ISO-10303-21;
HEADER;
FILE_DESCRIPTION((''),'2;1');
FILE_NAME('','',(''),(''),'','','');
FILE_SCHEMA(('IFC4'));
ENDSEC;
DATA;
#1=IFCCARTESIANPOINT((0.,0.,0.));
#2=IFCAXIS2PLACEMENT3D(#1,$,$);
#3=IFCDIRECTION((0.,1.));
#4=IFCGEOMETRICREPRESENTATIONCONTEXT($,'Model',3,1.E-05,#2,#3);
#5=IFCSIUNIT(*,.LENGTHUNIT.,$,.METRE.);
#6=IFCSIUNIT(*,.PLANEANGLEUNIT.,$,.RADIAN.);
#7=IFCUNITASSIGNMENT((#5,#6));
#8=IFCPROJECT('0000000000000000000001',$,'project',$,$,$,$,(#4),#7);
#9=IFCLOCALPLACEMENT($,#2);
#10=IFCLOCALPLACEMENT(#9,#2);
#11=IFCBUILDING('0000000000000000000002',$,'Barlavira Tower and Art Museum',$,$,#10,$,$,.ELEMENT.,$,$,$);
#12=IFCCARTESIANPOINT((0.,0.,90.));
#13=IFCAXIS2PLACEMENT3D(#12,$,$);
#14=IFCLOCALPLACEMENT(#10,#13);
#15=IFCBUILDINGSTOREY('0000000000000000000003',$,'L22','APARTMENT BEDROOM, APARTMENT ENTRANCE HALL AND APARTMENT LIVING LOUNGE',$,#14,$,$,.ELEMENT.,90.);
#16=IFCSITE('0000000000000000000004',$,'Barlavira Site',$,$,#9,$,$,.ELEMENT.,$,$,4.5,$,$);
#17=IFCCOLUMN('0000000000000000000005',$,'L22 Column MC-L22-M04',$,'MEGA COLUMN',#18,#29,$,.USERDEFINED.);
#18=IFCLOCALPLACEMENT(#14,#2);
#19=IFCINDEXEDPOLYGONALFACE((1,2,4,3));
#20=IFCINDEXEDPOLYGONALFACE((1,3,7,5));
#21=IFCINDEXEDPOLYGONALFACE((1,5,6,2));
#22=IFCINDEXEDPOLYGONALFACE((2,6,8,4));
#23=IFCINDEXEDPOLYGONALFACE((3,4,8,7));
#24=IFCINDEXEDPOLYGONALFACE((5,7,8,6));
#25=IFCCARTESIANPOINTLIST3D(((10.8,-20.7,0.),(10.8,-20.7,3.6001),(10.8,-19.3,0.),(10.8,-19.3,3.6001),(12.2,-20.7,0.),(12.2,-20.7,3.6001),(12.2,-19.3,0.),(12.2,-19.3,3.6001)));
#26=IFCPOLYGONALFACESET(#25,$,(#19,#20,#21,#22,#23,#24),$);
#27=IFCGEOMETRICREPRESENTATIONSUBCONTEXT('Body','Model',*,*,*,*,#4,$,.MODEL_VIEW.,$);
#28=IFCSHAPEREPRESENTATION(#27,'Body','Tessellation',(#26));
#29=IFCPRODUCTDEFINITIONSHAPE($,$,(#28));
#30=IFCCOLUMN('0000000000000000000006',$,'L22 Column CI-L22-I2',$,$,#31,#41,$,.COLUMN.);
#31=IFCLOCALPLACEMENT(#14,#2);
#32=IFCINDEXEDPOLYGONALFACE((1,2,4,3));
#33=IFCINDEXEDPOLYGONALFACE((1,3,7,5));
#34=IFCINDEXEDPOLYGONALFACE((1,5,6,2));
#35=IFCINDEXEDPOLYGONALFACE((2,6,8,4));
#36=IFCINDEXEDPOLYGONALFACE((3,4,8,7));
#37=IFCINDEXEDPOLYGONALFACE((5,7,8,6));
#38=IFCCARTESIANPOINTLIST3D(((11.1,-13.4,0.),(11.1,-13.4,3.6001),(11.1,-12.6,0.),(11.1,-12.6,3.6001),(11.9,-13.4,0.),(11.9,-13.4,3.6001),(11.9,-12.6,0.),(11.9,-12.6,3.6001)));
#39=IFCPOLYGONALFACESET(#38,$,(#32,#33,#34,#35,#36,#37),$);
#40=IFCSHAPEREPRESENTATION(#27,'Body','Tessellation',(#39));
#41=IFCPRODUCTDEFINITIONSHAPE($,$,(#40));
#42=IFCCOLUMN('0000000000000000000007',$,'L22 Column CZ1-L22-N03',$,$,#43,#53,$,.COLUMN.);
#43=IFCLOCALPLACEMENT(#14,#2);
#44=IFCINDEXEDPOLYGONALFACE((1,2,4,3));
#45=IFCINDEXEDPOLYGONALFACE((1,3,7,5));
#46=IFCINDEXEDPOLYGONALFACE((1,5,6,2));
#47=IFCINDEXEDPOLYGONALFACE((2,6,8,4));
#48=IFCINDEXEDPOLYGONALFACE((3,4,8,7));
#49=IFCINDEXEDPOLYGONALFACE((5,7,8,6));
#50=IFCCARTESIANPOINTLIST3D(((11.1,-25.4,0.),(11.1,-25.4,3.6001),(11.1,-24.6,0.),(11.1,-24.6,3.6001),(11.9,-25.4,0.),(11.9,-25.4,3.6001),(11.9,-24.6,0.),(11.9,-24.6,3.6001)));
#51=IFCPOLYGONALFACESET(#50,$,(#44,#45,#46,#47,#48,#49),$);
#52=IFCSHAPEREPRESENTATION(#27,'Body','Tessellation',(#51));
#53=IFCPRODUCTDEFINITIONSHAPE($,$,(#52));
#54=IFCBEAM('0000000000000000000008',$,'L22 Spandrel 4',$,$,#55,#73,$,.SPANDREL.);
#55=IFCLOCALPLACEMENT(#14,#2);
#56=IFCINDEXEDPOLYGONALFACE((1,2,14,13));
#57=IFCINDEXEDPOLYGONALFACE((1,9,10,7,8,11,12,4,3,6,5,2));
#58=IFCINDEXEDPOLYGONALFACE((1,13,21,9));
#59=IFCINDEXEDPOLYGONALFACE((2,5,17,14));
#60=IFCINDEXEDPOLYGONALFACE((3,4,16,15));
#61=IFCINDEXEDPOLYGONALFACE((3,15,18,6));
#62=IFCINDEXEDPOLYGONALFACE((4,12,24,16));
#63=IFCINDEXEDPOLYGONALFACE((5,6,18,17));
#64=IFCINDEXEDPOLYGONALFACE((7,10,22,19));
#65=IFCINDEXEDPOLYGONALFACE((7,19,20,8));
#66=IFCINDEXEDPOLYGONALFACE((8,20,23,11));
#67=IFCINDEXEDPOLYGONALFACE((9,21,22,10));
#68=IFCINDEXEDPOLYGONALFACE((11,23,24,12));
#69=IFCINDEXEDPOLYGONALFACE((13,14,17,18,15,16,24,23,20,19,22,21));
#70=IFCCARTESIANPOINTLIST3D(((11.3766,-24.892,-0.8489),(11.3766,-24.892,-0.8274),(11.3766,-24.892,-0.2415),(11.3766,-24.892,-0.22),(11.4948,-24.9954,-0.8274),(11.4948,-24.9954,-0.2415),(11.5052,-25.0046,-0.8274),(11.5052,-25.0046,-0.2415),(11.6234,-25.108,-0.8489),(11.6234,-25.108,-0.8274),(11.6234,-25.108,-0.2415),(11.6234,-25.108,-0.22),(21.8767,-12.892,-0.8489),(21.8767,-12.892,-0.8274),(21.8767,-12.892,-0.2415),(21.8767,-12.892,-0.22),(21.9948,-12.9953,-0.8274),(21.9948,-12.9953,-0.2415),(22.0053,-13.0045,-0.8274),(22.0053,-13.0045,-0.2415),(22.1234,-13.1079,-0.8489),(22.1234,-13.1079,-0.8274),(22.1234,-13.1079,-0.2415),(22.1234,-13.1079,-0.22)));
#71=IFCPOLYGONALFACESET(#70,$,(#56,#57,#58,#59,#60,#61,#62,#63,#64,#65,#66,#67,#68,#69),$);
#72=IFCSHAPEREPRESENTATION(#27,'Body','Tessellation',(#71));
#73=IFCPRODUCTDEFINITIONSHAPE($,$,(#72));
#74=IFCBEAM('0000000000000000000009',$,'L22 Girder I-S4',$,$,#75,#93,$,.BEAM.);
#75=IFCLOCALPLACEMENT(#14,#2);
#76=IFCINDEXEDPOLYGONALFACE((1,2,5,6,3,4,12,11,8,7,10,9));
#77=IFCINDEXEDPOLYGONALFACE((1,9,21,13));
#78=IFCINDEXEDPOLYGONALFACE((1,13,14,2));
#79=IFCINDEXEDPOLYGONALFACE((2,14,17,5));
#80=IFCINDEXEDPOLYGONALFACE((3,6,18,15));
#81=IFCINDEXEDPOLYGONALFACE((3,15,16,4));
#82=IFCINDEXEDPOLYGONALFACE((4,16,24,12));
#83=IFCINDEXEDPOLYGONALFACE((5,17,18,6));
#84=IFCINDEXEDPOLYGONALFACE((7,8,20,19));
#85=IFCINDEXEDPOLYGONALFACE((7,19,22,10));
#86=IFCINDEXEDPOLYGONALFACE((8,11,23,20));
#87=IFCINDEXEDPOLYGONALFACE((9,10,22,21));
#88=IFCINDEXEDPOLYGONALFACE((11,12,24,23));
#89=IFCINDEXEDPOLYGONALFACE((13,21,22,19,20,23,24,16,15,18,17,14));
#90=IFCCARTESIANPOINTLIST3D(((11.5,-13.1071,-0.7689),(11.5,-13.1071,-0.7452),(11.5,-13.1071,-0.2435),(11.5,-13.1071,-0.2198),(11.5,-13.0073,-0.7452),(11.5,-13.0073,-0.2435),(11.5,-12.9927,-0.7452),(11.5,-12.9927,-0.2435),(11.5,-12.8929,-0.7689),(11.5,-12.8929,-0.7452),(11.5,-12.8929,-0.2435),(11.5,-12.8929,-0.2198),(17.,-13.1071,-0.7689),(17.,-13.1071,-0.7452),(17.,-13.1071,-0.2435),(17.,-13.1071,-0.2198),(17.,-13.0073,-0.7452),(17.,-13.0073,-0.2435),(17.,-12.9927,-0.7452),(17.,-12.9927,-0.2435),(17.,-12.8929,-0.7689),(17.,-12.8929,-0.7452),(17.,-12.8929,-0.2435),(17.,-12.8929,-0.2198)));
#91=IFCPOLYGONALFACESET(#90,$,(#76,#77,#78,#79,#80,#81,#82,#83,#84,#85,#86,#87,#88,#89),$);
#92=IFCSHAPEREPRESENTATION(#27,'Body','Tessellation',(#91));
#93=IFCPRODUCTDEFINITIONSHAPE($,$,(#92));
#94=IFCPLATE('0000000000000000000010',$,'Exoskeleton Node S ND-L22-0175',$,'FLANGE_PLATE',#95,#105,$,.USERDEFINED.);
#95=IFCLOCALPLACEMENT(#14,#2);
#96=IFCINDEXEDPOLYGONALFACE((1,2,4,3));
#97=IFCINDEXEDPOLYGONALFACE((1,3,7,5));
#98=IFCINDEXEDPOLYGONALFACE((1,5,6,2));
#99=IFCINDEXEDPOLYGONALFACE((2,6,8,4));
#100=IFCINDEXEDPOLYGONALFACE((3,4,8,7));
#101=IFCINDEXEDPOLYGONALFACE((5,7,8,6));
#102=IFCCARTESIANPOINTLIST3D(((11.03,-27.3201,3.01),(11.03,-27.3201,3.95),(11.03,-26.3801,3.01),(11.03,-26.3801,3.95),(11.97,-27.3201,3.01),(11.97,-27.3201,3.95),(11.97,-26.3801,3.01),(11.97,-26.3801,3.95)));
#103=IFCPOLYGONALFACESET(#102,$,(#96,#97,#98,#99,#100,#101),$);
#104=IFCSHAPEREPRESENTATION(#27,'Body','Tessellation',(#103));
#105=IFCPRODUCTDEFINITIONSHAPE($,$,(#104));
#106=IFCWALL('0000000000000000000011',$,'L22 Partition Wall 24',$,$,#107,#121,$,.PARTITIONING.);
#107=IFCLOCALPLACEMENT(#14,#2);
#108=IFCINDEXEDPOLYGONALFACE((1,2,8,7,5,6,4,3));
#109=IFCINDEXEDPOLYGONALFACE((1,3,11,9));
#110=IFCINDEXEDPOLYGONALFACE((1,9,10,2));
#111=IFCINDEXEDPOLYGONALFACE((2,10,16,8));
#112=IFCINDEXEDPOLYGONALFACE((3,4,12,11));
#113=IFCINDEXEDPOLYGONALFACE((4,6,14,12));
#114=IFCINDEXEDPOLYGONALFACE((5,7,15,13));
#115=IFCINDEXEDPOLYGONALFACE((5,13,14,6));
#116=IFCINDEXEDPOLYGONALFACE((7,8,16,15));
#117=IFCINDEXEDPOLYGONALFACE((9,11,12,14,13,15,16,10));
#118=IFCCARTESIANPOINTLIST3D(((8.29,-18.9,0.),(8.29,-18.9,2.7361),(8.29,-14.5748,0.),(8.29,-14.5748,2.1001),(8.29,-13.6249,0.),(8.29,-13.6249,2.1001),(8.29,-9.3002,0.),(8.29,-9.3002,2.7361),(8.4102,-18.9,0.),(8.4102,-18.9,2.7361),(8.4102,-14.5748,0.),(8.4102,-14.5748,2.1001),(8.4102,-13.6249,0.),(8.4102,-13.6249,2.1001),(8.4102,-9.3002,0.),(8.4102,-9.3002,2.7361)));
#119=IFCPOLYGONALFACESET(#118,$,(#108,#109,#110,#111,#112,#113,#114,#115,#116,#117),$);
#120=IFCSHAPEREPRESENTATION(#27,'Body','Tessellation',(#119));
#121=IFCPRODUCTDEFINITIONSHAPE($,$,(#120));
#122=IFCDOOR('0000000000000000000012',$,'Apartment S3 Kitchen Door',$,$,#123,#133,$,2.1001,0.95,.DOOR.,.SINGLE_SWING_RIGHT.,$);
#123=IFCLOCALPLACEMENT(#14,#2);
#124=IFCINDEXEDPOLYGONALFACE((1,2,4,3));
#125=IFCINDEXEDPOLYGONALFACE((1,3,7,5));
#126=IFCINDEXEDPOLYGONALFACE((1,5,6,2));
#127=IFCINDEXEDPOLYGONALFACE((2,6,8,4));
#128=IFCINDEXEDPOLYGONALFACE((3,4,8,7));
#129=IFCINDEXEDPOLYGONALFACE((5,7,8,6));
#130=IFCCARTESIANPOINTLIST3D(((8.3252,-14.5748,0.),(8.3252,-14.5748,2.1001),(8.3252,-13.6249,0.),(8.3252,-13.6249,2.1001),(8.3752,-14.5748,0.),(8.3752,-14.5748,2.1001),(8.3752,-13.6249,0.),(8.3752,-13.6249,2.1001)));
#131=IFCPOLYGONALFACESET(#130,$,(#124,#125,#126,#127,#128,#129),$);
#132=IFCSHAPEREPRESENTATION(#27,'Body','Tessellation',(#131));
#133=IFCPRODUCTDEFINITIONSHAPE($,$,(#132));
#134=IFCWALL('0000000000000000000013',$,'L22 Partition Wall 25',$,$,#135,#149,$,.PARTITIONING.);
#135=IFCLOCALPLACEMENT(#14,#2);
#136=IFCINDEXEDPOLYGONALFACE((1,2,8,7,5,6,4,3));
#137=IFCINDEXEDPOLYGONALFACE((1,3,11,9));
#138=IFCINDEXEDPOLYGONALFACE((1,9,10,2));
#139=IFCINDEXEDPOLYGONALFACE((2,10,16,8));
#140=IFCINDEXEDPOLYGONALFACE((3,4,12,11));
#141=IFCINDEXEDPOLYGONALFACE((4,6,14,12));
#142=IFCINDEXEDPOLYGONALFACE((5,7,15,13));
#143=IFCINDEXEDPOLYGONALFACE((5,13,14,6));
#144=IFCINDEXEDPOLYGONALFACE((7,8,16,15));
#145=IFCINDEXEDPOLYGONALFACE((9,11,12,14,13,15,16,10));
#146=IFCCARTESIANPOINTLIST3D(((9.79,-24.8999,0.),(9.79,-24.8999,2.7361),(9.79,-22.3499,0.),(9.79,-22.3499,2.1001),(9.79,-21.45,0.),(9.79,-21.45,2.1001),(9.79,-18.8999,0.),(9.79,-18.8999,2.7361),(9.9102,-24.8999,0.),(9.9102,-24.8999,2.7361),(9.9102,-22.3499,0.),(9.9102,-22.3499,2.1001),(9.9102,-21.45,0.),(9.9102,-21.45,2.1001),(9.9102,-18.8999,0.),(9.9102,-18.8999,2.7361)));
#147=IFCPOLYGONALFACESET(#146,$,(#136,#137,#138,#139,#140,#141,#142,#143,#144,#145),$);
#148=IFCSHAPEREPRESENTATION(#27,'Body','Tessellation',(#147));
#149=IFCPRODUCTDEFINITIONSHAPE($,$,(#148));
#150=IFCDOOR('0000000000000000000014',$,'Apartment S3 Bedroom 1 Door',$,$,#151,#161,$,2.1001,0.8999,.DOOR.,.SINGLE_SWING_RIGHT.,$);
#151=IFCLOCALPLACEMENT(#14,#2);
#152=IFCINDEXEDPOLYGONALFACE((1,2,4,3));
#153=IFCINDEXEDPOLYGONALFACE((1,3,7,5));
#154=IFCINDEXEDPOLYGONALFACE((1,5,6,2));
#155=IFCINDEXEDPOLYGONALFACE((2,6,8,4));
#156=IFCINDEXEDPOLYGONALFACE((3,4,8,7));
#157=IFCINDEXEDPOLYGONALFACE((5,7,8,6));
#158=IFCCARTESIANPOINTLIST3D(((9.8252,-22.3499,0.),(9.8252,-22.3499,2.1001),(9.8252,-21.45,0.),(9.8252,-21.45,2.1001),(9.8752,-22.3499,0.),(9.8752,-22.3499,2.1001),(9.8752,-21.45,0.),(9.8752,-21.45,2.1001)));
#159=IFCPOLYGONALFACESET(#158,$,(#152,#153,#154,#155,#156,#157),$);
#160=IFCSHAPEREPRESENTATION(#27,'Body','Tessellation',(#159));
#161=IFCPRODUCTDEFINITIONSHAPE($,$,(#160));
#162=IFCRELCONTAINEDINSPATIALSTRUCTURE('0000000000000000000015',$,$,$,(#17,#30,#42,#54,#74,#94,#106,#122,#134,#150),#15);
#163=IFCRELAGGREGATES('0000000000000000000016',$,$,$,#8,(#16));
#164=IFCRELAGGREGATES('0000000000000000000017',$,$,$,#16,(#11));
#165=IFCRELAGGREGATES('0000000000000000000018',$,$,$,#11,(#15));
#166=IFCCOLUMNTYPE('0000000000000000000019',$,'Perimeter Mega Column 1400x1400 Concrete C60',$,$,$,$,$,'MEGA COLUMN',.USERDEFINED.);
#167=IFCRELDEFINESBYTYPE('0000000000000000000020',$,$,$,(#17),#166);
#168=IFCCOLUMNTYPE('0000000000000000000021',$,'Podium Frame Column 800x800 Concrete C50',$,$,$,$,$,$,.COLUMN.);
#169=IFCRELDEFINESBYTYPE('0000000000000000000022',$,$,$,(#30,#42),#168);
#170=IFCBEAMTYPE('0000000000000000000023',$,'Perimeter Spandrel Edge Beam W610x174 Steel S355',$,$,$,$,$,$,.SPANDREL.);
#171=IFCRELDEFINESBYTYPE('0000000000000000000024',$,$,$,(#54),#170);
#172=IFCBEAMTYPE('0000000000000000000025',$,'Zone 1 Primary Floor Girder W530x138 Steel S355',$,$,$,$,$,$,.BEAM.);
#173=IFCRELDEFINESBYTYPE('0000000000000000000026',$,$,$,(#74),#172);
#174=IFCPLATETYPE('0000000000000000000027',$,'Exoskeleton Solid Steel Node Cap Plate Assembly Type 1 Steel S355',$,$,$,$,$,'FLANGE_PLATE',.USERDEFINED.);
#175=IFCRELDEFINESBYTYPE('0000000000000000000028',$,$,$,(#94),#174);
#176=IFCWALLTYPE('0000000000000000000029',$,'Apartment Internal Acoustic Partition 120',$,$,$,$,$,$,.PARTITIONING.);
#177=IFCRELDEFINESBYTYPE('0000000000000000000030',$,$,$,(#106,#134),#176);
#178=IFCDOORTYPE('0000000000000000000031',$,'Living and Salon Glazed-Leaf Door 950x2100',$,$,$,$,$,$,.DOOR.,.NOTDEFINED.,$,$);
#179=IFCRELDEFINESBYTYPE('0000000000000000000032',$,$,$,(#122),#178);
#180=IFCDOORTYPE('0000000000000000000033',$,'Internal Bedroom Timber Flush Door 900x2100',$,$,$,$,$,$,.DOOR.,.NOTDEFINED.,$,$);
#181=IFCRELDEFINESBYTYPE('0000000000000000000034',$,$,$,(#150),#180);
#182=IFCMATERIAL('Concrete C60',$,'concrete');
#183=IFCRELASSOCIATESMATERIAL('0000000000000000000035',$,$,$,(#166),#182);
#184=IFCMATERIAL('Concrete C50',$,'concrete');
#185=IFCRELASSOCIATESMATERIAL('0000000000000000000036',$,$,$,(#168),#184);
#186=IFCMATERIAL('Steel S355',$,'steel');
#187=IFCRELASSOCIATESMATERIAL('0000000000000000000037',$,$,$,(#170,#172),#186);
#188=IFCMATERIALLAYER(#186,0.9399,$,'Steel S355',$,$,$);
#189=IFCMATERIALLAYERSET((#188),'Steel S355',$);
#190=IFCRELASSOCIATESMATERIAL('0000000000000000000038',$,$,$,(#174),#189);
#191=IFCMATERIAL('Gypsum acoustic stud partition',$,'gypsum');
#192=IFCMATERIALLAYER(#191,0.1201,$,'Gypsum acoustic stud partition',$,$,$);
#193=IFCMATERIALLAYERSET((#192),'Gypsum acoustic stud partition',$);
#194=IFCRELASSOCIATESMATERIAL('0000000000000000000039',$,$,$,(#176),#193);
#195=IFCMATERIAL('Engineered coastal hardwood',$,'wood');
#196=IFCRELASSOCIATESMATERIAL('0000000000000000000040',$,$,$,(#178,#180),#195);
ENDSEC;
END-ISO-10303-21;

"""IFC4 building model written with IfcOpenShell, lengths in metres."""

from ifc_helpers import new_model, si_unit, direction, frame, frame_2d, origin, origin_2d, place, context, subcontext, project, spatial, rectangle, i_section, extrude, material, layer, layer_set, material_profile, profile_set, type_object, element, fill, save


model = new_model("IFC4")

# Units and contexts
model_context = context("Model", 3, precision=1e-05, world=origin(), true_north=direction((0.0, 1.0)))
body_context = subcontext(model_context, "Body", "Model", "MODEL_VIEW")
ifc_project = project(units=[si_unit("LENGTHUNIT", "METRE"), si_unit("PLANEANGLEUNIT", "RADIAN")], contexts=[model_context])

# Site, building, storey
site_placement = place(None, origin())
site = spatial("IfcSite", under=ifc_project, at=site_placement, Name="Barlavira Site", CompositionType="ELEMENT", RefElevation=4.5)
building_placement = place(site_placement, origin())
building = spatial("IfcBuilding", under=site, at=building_placement, Name="Barlavira Tower and Art Museum", CompositionType="ELEMENT")
storey_placement = place(building_placement, frame((0.0, 0.0, 90.0)))
storey = spatial("IfcBuildingStorey", under=building, at=storey_placement, Name="L22", Description="APARTMENT BEDROOM, APARTMENT ENTRANCE HALL AND APARTMENT LIVING LOUNGE", CompositionType="ELEMENT", Elevation=90.0)

# Columns
ifc_material_1 = material(Name="Concrete C60", Category="concrete")
ifc_material_profile_1 = material_profile(ifc_material_1, rectangle(XDim=1.3999, YDim=1.3999, at=origin_2d()), Name="RC-MCOL 1400x1400")
ifc_profile_set_1 = profile_set([ifc_material_profile_1], Name="Concrete C60")
column_type_1 = type_object("IfcColumnType", Name="Perimeter Mega Column 1400x1400 Concrete C60", ElementType="MEGA COLUMN", PredefinedType="USERDEFINED", material=ifc_profile_set_1)
column_placement = place(storey_placement, frame((11.5, -20.0, 0.0), z_axis=(0.0, 0.0, 1.0), x_axis=(1.0, 0.0, 0.0)))
element("IfcColumn", 1, at=column_placement, inside=storey, type_object=column_type_1, Name="L22 Column MC-L22-M04", ObjectType="MEGA COLUMN", PredefinedType="USERDEFINED", context=body_context, shape_type="SweptSolid", body=[
    extrude(rectangle(XDim=1.3999, YDim=1.3999, at=origin_2d()), origin(), (0.0, 0.0, 1.0), 3.6001),
])
ifc_material_2 = material(Name="Concrete C50", Category="concrete")
ifc_material_profile_2 = material_profile(ifc_material_2, rectangle(XDim=0.8, YDim=0.8, at=origin_2d()), Name="RC-COL 800x800")
ifc_profile_set_2 = profile_set([ifc_material_profile_2], Name="Concrete C50")
column_type_2 = type_object("IfcColumnType", Name="Podium Frame Column 800x800 Concrete C50", PredefinedType="COLUMN", material=ifc_profile_set_2)
for number, where, z_axis, x_axis, name in (
    (2, (11.5, -13.0, 0.0), (0.0, 0.0, 1.0), (1.0, 0.0, 0.0), "L22 Column CI-L22-I2"),
    (3, (11.5, -25.0, 0.0), (0.0, 0.0, 1.0), (1.0, 0.0, 0.0), "L22 Column CZ1-L22-N03"),
):
    element("IfcColumn", number, at=place(storey_placement, frame(where, z_axis=z_axis, x_axis=x_axis)), inside=storey, type_object=column_type_2, Name=name, PredefinedType="COLUMN", context=body_context, shape_type="SweptSolid", body=[
        extrude(rectangle(XDim=0.8, YDim=0.8, at=origin_2d()), origin(), (0.0, 0.0, 1.0), 3.6001),
    ])

# Beams
ifc_material_3 = material(Name="Steel S355", Category="steel")
ifc_material_profile_3 = material_profile(ifc_material_3, i_section(OverallWidth=0.3279, OverallDepth=0.6289, WebThickness=0.0139, FlangeThickness=0.0215, at=origin_2d()), Name="W610x174.0")
ifc_profile_set_3 = profile_set([ifc_material_profile_3], Name="Steel S355")
beam_type_1 = type_object("IfcBeamType", Name="Perimeter Spandrel Edge Beam W610x174 Steel S355", PredefinedType="SPANDREL", material=ifc_profile_set_3)
beam_1_placement = place(storey_placement, frame((11.5, -25.0, -0.5344), z_axis=(0.658505, 0.752577, 0.0), x_axis=(-0.752577, 0.658505, 0.0)))
element("IfcBeam", 4, at=beam_1_placement, inside=storey, type_object=beam_type_1, Name="L22 Spandrel 4", PredefinedType="SPANDREL", context=body_context, shape_type="SweptSolid", body=[
    extrude(i_section(OverallWidth=0.3279, OverallDepth=0.6289, WebThickness=0.0139, FlangeThickness=0.0215, at=origin_2d()), origin(), (0.0, 0.0, 1.0), 15.9453),
])
ifc_material_profile_4 = material_profile(ifc_material_3, i_section(OverallWidth=0.2141, OverallDepth=0.5491, WebThickness=0.0146, FlangeThickness=0.0237, at=origin_2d()), Name="W530x138.0")
ifc_profile_set_4 = profile_set([ifc_material_profile_4], Name="Steel S355")
beam_type_2 = type_object("IfcBeamType", Name="Zone 1 Primary Floor Girder W530x138 Steel S355", PredefinedType="BEAM", material=ifc_profile_set_4)
beam_2_placement = place(storey_placement, frame((11.5, -13.0, -0.4944), z_axis=(1.0, 0.0, 0.0), x_axis=(0.0, 1.0, 0.0)))
element("IfcBeam", 5, at=beam_2_placement, inside=storey, type_object=beam_type_2, Name="L22 Girder I-S4", PredefinedType="BEAM", context=body_context, shape_type="SweptSolid", body=[
    extrude(i_section(OverallWidth=0.2141, OverallDepth=0.5491, WebThickness=0.0146, FlangeThickness=0.0237, at=origin_2d()), origin(), (0.0, 0.0, 1.0), 5.5),
])

# Plate
ifc_layer_1 = layer(ifc_material_3, 0.9399, Name="Steel S355")
ifc_layer_set_1 = layer_set([ifc_layer_1], Name="Steel S355")
plate_type = type_object("IfcPlateType", Name="Exoskeleton Solid Steel Node Cap Plate Assembly Type 1 Steel S355", ElementType="FLANGE_PLATE", PredefinedType="USERDEFINED", material=ifc_layer_set_1)
plate_placement = place(storey_placement, frame((11.5, -26.8501, 3.01), z_axis=(0.0, 0.0, 1.0), x_axis=(1.0, 0.0, 0.0)))
element("IfcPlate", 6, at=plate_placement, inside=storey, type_object=plate_type, Name="Exoskeleton Node S ND-L22-0175", ObjectType="FLANGE_PLATE", PredefinedType="USERDEFINED", context=body_context, shape_type="SweptSolid", body=[
    extrude(rectangle(XDim=0.9399, YDim=0.9399, at=origin_2d()), origin(), (0.0, 0.0, 1.0), 0.9399),
])

# Walls, openings, doors
ifc_material_4 = material(Name="Gypsum acoustic stud partition", Category="gypsum")
ifc_layer_2 = layer(ifc_material_4, 0.1201, Name="Gypsum acoustic stud partition")
ifc_layer_set_2 = layer_set([ifc_layer_2], Name="Gypsum acoustic stud partition")
wall_type_1 = type_object("IfcWallType", Name="Apartment Internal Acoustic Partition 120", PredefinedType="PARTITIONING", material=ifc_layer_set_2)
wall_1_placement = place(storey_placement, frame((8.3501, -18.8999, 0.0), z_axis=(0.0, 0.0, 1.0), x_axis=(0.0, 1.0, 0.0)))
wall_1 = element("IfcWall", 7, at=wall_1_placement, inside=storey, type_object=wall_type_1, Name="L22 Partition Wall 24", PredefinedType="PARTITIONING", context=body_context, shape_type="SweptSolid", body=[
    extrude(rectangle(XDim=9.5999, YDim=0.1201, at=frame_2d((4.7998, 0.0))), origin(), (0.0, 0.0, 1.0), 2.7361),
])
opening_1_placement = place(wall_1_placement, frame((4.325, 0.0, 0.0)))
opening_1 = element("IfcOpeningElement", 8, at=opening_1_placement, cuts=wall_1, PredefinedType="OPENING", context=body_context, shape_type="SweptSolid", body=[
    extrude(rectangle(XDim=0.95, YDim=2.1001, at=frame_2d((0.4751, 1.05))), frame((0.0, 0.0701, 0.0), z_axis=(0.0, -1.0, 0.0), x_axis=(1.0, 0.0, 0.0)), (0.0, 0.0, 1.0), 0.1401),
])
ifc_material_5 = material(Name="Engineered coastal hardwood", Category="wood")
door_type_1 = type_object("IfcDoorType", Name="Living and Salon Glazed-Leaf Door 950x2100", OperationType="NOTDEFINED", PredefinedType="DOOR", material=ifc_material_5)
door_1_placement = place(opening_1_placement, origin())
door_1 = element("IfcDoor", 9, at=door_1_placement, inside=storey, type_object=door_type_1, Name="Apartment S3 Kitchen Door", OperationType="SINGLE_SWING_RIGHT", OverallHeight=2.1001, OverallWidth=0.95, PredefinedType="DOOR", context=body_context, shape_type="SweptSolid", body=[
    extrude(rectangle(XDim=0.95, YDim=2.1001, at=frame_2d((0.4751, 1.05))), frame((0.0, 0.0249, 0.0), z_axis=(0.0, -1.0, 0.0), x_axis=(1.0, 0.0, 0.0)), (0.0, 0.0, 1.0), 0.05),
])
fill(opening_1, door_1)
wall_2_placement = place(storey_placement, frame((9.8501, -24.8999, 0.0), z_axis=(0.0, 0.0, 1.0), x_axis=(0.0, 1.0, 0.0)))
wall_2 = element("IfcWall", 10, at=wall_2_placement, inside=storey, type_object=wall_type_1, Name="L22 Partition Wall 25", PredefinedType="PARTITIONING", context=body_context, shape_type="SweptSolid", body=[
    extrude(rectangle(XDim=6.0, YDim=0.1201, at=frame_2d((3.0, 0.0))), origin(), (0.0, 0.0, 1.0), 2.7361),
])
opening_2_placement = place(wall_2_placement, frame((2.55, 0.0, 0.0)))
opening_2 = element("IfcOpeningElement", 11, at=opening_2_placement, cuts=wall_2, PredefinedType="OPENING", context=body_context, shape_type="SweptSolid", body=[
    extrude(rectangle(XDim=0.8999, YDim=2.1001, at=frame_2d((0.45, 1.05))), frame((0.0, 0.0701, 0.0), z_axis=(0.0, -1.0, 0.0), x_axis=(1.0, 0.0, 0.0)), (0.0, 0.0, 1.0), 0.1401),
])
door_type_2 = type_object("IfcDoorType", Name="Internal Bedroom Timber Flush Door 900x2100", OperationType="NOTDEFINED", PredefinedType="DOOR", material=ifc_material_5)
door_2_placement = place(opening_2_placement, origin())
door_2 = element("IfcDoor", 12, at=door_2_placement, inside=storey, type_object=door_type_2, Name="Apartment S3 Bedroom 1 Door", OperationType="SINGLE_SWING_RIGHT", OverallHeight=2.1001, OverallWidth=0.8999, PredefinedType="DOOR", context=body_context, shape_type="SweptSolid", body=[
    extrude(rectangle(XDim=0.8999, YDim=2.1001, at=frame_2d((0.45, 1.05))), frame((0.0, 0.0249, 0.0), z_axis=(0.0, -1.0, 0.0), x_axis=(1.0, 0.0, 0.0)), (0.0, 0.0, 1.0), 0.05),
])
fill(opening_2, door_2)

save(model, "model.ifc")
